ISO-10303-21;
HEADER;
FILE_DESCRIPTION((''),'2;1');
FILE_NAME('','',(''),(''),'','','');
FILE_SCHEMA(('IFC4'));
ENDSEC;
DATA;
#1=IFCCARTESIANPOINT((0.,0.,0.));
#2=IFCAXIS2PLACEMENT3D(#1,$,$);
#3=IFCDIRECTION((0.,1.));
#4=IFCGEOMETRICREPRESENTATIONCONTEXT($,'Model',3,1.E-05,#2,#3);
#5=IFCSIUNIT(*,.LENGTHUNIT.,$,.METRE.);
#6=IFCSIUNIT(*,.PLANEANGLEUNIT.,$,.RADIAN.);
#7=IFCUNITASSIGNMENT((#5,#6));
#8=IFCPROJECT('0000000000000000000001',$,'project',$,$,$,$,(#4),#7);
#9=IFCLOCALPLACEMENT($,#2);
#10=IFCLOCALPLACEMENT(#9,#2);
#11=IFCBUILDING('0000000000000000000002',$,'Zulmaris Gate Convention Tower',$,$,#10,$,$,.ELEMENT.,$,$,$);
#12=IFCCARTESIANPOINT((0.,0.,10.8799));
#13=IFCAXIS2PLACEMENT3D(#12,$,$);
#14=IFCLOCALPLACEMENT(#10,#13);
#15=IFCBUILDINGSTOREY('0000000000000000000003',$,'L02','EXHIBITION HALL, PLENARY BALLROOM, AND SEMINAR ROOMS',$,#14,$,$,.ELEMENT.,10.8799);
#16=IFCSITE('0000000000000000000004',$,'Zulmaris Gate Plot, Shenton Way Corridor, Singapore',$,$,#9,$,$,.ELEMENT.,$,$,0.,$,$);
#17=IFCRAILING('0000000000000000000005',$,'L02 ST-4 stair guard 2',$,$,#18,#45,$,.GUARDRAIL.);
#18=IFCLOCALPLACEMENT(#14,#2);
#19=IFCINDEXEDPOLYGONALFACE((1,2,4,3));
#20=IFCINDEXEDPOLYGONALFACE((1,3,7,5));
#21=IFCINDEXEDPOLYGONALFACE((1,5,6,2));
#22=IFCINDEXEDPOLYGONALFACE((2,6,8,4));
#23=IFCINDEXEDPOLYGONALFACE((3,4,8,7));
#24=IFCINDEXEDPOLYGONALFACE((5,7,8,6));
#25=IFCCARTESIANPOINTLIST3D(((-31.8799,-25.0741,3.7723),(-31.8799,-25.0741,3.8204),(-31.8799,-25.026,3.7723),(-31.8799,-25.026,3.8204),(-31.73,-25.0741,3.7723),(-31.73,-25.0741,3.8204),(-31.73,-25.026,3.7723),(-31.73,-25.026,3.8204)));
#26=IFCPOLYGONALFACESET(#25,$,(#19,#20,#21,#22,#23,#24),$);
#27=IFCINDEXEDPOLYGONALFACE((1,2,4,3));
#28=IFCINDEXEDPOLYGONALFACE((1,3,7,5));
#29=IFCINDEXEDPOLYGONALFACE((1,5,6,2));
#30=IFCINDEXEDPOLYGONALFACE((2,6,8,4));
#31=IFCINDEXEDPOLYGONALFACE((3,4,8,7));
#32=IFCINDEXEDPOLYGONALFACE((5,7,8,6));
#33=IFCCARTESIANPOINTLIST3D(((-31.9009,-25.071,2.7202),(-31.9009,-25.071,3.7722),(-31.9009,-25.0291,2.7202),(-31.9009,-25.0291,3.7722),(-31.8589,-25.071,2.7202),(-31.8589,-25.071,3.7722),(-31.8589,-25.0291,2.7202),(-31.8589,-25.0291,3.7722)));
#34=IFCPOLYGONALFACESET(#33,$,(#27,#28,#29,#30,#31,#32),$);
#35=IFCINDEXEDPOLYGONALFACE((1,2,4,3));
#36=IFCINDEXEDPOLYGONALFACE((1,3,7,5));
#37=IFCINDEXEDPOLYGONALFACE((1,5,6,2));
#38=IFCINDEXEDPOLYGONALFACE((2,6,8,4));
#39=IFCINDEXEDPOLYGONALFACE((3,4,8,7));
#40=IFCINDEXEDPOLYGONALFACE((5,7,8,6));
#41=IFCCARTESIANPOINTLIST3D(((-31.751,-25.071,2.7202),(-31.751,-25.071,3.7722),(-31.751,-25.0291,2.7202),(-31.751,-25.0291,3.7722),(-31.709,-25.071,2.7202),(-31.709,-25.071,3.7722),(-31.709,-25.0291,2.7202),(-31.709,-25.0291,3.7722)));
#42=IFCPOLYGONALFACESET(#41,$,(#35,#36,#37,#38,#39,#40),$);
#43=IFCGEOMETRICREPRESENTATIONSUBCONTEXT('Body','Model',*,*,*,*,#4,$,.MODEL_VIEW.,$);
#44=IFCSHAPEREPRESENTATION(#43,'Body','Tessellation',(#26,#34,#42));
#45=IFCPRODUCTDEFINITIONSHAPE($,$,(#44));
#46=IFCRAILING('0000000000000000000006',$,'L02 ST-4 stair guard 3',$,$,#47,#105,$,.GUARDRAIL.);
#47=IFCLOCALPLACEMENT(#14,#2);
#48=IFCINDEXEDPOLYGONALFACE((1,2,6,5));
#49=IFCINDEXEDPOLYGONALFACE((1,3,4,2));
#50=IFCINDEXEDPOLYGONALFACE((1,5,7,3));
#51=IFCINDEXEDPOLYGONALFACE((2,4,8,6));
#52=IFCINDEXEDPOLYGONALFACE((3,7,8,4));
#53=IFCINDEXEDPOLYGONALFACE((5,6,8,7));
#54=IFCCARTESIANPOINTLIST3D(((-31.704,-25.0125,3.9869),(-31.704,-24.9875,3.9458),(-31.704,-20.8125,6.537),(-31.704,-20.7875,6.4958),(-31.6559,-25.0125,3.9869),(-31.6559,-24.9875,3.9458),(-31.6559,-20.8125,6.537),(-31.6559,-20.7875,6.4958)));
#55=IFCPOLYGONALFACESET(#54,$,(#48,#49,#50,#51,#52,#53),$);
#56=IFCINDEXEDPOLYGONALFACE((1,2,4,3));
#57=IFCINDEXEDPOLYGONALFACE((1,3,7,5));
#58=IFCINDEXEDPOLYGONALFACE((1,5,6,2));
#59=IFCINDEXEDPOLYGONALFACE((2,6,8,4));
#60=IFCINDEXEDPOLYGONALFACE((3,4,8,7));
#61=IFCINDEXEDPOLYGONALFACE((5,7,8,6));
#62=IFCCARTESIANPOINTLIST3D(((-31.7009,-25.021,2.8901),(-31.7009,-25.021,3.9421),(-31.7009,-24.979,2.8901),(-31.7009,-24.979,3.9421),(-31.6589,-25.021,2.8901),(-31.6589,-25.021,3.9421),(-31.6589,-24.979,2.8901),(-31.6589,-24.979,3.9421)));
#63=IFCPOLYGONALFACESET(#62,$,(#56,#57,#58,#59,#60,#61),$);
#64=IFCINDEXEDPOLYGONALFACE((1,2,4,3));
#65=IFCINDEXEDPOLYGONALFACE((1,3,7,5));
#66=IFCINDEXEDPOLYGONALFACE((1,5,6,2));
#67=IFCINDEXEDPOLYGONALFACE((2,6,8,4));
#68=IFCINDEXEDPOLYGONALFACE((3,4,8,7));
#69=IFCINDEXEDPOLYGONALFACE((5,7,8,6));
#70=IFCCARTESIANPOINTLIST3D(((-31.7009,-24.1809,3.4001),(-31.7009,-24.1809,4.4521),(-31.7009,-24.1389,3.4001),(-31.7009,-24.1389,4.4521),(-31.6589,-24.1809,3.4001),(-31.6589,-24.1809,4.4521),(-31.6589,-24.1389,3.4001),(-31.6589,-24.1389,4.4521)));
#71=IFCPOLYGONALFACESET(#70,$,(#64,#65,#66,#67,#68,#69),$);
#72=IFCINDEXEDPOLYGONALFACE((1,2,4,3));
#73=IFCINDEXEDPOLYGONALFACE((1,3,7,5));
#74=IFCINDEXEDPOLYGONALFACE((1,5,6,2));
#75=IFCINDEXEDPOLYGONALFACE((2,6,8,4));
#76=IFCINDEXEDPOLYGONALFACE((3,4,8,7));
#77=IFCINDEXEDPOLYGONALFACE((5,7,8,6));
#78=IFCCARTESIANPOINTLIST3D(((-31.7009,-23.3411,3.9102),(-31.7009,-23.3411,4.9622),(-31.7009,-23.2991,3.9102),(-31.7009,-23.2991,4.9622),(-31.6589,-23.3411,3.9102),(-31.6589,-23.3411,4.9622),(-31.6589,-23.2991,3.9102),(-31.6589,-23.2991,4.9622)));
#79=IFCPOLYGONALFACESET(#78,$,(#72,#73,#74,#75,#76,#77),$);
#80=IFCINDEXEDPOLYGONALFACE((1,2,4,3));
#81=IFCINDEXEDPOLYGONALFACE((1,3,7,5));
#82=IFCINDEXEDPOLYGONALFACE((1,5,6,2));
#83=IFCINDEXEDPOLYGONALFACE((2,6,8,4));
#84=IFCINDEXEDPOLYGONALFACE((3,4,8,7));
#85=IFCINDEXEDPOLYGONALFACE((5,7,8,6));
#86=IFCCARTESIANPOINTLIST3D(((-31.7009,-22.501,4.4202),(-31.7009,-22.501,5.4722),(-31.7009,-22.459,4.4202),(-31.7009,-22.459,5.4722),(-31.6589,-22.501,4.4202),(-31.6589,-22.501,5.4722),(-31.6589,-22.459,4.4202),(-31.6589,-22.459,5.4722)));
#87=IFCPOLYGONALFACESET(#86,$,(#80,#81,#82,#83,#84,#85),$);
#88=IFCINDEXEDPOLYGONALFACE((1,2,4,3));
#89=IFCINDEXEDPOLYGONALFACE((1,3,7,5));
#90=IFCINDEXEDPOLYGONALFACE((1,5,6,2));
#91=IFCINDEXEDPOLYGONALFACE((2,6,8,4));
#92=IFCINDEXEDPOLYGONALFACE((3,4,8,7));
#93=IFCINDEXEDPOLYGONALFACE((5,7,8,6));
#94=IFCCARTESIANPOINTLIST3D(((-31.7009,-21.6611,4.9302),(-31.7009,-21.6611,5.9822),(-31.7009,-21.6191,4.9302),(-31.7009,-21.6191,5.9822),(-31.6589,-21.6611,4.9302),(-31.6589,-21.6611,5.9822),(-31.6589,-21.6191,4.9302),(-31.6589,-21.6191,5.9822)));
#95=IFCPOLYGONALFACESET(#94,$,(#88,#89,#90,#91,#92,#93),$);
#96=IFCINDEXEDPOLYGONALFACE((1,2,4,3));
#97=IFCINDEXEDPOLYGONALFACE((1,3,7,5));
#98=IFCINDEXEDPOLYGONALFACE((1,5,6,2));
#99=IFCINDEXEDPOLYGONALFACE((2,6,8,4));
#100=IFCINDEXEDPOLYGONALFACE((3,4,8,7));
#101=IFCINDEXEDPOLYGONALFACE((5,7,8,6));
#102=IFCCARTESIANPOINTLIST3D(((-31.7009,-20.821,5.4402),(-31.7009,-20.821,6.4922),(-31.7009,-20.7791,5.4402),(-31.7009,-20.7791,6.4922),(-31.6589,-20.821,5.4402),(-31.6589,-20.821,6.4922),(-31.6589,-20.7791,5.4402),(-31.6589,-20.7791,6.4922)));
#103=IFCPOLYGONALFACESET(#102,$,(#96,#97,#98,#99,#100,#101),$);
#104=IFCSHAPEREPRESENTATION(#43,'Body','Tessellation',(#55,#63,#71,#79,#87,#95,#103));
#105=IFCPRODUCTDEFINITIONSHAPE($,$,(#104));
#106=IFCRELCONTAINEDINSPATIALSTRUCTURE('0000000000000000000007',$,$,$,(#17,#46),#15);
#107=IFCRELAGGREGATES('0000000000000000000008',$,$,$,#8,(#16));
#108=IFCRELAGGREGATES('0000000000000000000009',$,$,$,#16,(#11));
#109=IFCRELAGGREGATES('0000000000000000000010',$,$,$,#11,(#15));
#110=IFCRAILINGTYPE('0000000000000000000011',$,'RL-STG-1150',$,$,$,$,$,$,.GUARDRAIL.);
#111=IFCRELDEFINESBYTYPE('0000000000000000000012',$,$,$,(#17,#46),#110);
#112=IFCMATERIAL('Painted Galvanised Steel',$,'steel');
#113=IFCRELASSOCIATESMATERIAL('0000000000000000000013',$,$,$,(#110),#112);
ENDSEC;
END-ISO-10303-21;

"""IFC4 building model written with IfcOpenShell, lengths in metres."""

from ifc_helpers import new_model, si_unit, direction, frame, origin, origin_2d, place, context, subcontext, project, spatial, rectangle, extrude, material, type_object, element, save


model = new_model("IFC4")

# Units and contexts
model_context = context("Model", 3, precision=1e-05, world=origin(), true_north=direction((0.0, 1.0)))
body_context = subcontext(model_context, "Body", "Model", "MODEL_VIEW")
ifc_project = project(units=[si_unit("LENGTHUNIT", "METRE"), si_unit("PLANEANGLEUNIT", "RADIAN")], contexts=[model_context])

# Site, building, storey
site_placement = place(None, origin())
site = spatial("IfcSite", under=ifc_project, at=site_placement, Name="Zulmaris Gate Plot, Shenton Way Corridor, Singapore", CompositionType="ELEMENT", RefElevation=0.0)
building_placement = place(site_placement, origin())
building = spatial("IfcBuilding", under=site, at=building_placement, Name="Zulmaris Gate Convention Tower", CompositionType="ELEMENT")
storey_placement = place(building_placement, frame((0.0, 0.0, 10.8799)))
storey = spatial("IfcBuildingStorey", under=building, at=storey_placement, Name="L02", Description="EXHIBITION HALL, PLENARY BALLROOM, AND SEMINAR ROOMS", CompositionType="ELEMENT", Elevation=10.8799)

# Railings
ifc_material_1 = material(Name="Painted Galvanised Steel", Category="steel")
railing_type = type_object("IfcRailingType", Name="RL-STG-1150", PredefinedType="GUARDRAIL", material=ifc_material_1)
railing_1_placement = place(storey_placement, frame((-31.8799, -25.05, 2.7202)))
element("IfcRailing", 1, at=railing_1_placement, inside=storey, type_object=railing_type, Name="L02 ST-4 stair guard 2", PredefinedType="GUARDRAIL", context=body_context, shape_type="SweptSolid", body=[
    extrude(rectangle(XDim=0.0481, YDim=0.0481, at=origin_2d()), frame((0.0, 0.0, 1.0762), z_axis=(1.0, 0.0, 0.0), x_axis=(0.0, 1.0, 0.0)), (0.0, 0.0, 1.0), 0.1499),
    extrude(rectangle(XDim=0.042, YDim=0.042, at=origin_2d()), origin(), (0.0, 0.0, 1.0), 1.052),
    extrude(rectangle(XDim=0.042, YDim=0.042, at=origin_2d()), frame((0.1499, 0.0, 0.0)), (0.0, 0.0, 1.0), 1.052),
])
railing_2_placement = place(storey_placement, frame((-31.6799, -25.0, 2.8901)))
element("IfcRailing", 2, at=railing_2_placement, inside=storey, type_object=railing_type, Name="L02 ST-4 stair guard 3", PredefinedType="GUARDRAIL", context=body_context, shape_type="SweptSolid", body=[
    extrude(rectangle(XDim=0.0481, YDim=0.0481, at=origin_2d()), frame((0.0, 0.0, 1.0762), z_axis=(0.0, 0.85478, 0.51899), x_axis=(-1.0, 0.0, 0.0)), (0.0, 0.0, 1.0), 4.9136),
    extrude(rectangle(XDim=0.042, YDim=0.042, at=origin_2d()), origin(), (0.0, 0.0, 1.0), 1.052),
    extrude(rectangle(XDim=0.042, YDim=0.042, at=origin_2d()), frame((0.0, 0.8401, 0.51)), (0.0, 0.0, 1.0), 1.052),
    extrude(rectangle(XDim=0.042, YDim=0.042, at=origin_2d()), frame((0.0, 1.6799, 1.02)), (0.0, 0.0, 1.0), 1.052),
    extrude(rectangle(XDim=0.042, YDim=0.042, at=origin_2d()), frame((0.0, 2.52, 1.53)), (0.0, 0.0, 1.0), 1.052),
    extrude(rectangle(XDim=0.042, YDim=0.042, at=origin_2d()), frame((0.0, 3.3599, 2.04)), (0.0, 0.0, 1.0), 1.052),
    extrude(rectangle(XDim=0.042, YDim=0.042, at=origin_2d()), frame((0.0, 4.2, 2.55)), (0.0, 0.0, 1.0), 1.052),
])

save(model, "model.ifc")
